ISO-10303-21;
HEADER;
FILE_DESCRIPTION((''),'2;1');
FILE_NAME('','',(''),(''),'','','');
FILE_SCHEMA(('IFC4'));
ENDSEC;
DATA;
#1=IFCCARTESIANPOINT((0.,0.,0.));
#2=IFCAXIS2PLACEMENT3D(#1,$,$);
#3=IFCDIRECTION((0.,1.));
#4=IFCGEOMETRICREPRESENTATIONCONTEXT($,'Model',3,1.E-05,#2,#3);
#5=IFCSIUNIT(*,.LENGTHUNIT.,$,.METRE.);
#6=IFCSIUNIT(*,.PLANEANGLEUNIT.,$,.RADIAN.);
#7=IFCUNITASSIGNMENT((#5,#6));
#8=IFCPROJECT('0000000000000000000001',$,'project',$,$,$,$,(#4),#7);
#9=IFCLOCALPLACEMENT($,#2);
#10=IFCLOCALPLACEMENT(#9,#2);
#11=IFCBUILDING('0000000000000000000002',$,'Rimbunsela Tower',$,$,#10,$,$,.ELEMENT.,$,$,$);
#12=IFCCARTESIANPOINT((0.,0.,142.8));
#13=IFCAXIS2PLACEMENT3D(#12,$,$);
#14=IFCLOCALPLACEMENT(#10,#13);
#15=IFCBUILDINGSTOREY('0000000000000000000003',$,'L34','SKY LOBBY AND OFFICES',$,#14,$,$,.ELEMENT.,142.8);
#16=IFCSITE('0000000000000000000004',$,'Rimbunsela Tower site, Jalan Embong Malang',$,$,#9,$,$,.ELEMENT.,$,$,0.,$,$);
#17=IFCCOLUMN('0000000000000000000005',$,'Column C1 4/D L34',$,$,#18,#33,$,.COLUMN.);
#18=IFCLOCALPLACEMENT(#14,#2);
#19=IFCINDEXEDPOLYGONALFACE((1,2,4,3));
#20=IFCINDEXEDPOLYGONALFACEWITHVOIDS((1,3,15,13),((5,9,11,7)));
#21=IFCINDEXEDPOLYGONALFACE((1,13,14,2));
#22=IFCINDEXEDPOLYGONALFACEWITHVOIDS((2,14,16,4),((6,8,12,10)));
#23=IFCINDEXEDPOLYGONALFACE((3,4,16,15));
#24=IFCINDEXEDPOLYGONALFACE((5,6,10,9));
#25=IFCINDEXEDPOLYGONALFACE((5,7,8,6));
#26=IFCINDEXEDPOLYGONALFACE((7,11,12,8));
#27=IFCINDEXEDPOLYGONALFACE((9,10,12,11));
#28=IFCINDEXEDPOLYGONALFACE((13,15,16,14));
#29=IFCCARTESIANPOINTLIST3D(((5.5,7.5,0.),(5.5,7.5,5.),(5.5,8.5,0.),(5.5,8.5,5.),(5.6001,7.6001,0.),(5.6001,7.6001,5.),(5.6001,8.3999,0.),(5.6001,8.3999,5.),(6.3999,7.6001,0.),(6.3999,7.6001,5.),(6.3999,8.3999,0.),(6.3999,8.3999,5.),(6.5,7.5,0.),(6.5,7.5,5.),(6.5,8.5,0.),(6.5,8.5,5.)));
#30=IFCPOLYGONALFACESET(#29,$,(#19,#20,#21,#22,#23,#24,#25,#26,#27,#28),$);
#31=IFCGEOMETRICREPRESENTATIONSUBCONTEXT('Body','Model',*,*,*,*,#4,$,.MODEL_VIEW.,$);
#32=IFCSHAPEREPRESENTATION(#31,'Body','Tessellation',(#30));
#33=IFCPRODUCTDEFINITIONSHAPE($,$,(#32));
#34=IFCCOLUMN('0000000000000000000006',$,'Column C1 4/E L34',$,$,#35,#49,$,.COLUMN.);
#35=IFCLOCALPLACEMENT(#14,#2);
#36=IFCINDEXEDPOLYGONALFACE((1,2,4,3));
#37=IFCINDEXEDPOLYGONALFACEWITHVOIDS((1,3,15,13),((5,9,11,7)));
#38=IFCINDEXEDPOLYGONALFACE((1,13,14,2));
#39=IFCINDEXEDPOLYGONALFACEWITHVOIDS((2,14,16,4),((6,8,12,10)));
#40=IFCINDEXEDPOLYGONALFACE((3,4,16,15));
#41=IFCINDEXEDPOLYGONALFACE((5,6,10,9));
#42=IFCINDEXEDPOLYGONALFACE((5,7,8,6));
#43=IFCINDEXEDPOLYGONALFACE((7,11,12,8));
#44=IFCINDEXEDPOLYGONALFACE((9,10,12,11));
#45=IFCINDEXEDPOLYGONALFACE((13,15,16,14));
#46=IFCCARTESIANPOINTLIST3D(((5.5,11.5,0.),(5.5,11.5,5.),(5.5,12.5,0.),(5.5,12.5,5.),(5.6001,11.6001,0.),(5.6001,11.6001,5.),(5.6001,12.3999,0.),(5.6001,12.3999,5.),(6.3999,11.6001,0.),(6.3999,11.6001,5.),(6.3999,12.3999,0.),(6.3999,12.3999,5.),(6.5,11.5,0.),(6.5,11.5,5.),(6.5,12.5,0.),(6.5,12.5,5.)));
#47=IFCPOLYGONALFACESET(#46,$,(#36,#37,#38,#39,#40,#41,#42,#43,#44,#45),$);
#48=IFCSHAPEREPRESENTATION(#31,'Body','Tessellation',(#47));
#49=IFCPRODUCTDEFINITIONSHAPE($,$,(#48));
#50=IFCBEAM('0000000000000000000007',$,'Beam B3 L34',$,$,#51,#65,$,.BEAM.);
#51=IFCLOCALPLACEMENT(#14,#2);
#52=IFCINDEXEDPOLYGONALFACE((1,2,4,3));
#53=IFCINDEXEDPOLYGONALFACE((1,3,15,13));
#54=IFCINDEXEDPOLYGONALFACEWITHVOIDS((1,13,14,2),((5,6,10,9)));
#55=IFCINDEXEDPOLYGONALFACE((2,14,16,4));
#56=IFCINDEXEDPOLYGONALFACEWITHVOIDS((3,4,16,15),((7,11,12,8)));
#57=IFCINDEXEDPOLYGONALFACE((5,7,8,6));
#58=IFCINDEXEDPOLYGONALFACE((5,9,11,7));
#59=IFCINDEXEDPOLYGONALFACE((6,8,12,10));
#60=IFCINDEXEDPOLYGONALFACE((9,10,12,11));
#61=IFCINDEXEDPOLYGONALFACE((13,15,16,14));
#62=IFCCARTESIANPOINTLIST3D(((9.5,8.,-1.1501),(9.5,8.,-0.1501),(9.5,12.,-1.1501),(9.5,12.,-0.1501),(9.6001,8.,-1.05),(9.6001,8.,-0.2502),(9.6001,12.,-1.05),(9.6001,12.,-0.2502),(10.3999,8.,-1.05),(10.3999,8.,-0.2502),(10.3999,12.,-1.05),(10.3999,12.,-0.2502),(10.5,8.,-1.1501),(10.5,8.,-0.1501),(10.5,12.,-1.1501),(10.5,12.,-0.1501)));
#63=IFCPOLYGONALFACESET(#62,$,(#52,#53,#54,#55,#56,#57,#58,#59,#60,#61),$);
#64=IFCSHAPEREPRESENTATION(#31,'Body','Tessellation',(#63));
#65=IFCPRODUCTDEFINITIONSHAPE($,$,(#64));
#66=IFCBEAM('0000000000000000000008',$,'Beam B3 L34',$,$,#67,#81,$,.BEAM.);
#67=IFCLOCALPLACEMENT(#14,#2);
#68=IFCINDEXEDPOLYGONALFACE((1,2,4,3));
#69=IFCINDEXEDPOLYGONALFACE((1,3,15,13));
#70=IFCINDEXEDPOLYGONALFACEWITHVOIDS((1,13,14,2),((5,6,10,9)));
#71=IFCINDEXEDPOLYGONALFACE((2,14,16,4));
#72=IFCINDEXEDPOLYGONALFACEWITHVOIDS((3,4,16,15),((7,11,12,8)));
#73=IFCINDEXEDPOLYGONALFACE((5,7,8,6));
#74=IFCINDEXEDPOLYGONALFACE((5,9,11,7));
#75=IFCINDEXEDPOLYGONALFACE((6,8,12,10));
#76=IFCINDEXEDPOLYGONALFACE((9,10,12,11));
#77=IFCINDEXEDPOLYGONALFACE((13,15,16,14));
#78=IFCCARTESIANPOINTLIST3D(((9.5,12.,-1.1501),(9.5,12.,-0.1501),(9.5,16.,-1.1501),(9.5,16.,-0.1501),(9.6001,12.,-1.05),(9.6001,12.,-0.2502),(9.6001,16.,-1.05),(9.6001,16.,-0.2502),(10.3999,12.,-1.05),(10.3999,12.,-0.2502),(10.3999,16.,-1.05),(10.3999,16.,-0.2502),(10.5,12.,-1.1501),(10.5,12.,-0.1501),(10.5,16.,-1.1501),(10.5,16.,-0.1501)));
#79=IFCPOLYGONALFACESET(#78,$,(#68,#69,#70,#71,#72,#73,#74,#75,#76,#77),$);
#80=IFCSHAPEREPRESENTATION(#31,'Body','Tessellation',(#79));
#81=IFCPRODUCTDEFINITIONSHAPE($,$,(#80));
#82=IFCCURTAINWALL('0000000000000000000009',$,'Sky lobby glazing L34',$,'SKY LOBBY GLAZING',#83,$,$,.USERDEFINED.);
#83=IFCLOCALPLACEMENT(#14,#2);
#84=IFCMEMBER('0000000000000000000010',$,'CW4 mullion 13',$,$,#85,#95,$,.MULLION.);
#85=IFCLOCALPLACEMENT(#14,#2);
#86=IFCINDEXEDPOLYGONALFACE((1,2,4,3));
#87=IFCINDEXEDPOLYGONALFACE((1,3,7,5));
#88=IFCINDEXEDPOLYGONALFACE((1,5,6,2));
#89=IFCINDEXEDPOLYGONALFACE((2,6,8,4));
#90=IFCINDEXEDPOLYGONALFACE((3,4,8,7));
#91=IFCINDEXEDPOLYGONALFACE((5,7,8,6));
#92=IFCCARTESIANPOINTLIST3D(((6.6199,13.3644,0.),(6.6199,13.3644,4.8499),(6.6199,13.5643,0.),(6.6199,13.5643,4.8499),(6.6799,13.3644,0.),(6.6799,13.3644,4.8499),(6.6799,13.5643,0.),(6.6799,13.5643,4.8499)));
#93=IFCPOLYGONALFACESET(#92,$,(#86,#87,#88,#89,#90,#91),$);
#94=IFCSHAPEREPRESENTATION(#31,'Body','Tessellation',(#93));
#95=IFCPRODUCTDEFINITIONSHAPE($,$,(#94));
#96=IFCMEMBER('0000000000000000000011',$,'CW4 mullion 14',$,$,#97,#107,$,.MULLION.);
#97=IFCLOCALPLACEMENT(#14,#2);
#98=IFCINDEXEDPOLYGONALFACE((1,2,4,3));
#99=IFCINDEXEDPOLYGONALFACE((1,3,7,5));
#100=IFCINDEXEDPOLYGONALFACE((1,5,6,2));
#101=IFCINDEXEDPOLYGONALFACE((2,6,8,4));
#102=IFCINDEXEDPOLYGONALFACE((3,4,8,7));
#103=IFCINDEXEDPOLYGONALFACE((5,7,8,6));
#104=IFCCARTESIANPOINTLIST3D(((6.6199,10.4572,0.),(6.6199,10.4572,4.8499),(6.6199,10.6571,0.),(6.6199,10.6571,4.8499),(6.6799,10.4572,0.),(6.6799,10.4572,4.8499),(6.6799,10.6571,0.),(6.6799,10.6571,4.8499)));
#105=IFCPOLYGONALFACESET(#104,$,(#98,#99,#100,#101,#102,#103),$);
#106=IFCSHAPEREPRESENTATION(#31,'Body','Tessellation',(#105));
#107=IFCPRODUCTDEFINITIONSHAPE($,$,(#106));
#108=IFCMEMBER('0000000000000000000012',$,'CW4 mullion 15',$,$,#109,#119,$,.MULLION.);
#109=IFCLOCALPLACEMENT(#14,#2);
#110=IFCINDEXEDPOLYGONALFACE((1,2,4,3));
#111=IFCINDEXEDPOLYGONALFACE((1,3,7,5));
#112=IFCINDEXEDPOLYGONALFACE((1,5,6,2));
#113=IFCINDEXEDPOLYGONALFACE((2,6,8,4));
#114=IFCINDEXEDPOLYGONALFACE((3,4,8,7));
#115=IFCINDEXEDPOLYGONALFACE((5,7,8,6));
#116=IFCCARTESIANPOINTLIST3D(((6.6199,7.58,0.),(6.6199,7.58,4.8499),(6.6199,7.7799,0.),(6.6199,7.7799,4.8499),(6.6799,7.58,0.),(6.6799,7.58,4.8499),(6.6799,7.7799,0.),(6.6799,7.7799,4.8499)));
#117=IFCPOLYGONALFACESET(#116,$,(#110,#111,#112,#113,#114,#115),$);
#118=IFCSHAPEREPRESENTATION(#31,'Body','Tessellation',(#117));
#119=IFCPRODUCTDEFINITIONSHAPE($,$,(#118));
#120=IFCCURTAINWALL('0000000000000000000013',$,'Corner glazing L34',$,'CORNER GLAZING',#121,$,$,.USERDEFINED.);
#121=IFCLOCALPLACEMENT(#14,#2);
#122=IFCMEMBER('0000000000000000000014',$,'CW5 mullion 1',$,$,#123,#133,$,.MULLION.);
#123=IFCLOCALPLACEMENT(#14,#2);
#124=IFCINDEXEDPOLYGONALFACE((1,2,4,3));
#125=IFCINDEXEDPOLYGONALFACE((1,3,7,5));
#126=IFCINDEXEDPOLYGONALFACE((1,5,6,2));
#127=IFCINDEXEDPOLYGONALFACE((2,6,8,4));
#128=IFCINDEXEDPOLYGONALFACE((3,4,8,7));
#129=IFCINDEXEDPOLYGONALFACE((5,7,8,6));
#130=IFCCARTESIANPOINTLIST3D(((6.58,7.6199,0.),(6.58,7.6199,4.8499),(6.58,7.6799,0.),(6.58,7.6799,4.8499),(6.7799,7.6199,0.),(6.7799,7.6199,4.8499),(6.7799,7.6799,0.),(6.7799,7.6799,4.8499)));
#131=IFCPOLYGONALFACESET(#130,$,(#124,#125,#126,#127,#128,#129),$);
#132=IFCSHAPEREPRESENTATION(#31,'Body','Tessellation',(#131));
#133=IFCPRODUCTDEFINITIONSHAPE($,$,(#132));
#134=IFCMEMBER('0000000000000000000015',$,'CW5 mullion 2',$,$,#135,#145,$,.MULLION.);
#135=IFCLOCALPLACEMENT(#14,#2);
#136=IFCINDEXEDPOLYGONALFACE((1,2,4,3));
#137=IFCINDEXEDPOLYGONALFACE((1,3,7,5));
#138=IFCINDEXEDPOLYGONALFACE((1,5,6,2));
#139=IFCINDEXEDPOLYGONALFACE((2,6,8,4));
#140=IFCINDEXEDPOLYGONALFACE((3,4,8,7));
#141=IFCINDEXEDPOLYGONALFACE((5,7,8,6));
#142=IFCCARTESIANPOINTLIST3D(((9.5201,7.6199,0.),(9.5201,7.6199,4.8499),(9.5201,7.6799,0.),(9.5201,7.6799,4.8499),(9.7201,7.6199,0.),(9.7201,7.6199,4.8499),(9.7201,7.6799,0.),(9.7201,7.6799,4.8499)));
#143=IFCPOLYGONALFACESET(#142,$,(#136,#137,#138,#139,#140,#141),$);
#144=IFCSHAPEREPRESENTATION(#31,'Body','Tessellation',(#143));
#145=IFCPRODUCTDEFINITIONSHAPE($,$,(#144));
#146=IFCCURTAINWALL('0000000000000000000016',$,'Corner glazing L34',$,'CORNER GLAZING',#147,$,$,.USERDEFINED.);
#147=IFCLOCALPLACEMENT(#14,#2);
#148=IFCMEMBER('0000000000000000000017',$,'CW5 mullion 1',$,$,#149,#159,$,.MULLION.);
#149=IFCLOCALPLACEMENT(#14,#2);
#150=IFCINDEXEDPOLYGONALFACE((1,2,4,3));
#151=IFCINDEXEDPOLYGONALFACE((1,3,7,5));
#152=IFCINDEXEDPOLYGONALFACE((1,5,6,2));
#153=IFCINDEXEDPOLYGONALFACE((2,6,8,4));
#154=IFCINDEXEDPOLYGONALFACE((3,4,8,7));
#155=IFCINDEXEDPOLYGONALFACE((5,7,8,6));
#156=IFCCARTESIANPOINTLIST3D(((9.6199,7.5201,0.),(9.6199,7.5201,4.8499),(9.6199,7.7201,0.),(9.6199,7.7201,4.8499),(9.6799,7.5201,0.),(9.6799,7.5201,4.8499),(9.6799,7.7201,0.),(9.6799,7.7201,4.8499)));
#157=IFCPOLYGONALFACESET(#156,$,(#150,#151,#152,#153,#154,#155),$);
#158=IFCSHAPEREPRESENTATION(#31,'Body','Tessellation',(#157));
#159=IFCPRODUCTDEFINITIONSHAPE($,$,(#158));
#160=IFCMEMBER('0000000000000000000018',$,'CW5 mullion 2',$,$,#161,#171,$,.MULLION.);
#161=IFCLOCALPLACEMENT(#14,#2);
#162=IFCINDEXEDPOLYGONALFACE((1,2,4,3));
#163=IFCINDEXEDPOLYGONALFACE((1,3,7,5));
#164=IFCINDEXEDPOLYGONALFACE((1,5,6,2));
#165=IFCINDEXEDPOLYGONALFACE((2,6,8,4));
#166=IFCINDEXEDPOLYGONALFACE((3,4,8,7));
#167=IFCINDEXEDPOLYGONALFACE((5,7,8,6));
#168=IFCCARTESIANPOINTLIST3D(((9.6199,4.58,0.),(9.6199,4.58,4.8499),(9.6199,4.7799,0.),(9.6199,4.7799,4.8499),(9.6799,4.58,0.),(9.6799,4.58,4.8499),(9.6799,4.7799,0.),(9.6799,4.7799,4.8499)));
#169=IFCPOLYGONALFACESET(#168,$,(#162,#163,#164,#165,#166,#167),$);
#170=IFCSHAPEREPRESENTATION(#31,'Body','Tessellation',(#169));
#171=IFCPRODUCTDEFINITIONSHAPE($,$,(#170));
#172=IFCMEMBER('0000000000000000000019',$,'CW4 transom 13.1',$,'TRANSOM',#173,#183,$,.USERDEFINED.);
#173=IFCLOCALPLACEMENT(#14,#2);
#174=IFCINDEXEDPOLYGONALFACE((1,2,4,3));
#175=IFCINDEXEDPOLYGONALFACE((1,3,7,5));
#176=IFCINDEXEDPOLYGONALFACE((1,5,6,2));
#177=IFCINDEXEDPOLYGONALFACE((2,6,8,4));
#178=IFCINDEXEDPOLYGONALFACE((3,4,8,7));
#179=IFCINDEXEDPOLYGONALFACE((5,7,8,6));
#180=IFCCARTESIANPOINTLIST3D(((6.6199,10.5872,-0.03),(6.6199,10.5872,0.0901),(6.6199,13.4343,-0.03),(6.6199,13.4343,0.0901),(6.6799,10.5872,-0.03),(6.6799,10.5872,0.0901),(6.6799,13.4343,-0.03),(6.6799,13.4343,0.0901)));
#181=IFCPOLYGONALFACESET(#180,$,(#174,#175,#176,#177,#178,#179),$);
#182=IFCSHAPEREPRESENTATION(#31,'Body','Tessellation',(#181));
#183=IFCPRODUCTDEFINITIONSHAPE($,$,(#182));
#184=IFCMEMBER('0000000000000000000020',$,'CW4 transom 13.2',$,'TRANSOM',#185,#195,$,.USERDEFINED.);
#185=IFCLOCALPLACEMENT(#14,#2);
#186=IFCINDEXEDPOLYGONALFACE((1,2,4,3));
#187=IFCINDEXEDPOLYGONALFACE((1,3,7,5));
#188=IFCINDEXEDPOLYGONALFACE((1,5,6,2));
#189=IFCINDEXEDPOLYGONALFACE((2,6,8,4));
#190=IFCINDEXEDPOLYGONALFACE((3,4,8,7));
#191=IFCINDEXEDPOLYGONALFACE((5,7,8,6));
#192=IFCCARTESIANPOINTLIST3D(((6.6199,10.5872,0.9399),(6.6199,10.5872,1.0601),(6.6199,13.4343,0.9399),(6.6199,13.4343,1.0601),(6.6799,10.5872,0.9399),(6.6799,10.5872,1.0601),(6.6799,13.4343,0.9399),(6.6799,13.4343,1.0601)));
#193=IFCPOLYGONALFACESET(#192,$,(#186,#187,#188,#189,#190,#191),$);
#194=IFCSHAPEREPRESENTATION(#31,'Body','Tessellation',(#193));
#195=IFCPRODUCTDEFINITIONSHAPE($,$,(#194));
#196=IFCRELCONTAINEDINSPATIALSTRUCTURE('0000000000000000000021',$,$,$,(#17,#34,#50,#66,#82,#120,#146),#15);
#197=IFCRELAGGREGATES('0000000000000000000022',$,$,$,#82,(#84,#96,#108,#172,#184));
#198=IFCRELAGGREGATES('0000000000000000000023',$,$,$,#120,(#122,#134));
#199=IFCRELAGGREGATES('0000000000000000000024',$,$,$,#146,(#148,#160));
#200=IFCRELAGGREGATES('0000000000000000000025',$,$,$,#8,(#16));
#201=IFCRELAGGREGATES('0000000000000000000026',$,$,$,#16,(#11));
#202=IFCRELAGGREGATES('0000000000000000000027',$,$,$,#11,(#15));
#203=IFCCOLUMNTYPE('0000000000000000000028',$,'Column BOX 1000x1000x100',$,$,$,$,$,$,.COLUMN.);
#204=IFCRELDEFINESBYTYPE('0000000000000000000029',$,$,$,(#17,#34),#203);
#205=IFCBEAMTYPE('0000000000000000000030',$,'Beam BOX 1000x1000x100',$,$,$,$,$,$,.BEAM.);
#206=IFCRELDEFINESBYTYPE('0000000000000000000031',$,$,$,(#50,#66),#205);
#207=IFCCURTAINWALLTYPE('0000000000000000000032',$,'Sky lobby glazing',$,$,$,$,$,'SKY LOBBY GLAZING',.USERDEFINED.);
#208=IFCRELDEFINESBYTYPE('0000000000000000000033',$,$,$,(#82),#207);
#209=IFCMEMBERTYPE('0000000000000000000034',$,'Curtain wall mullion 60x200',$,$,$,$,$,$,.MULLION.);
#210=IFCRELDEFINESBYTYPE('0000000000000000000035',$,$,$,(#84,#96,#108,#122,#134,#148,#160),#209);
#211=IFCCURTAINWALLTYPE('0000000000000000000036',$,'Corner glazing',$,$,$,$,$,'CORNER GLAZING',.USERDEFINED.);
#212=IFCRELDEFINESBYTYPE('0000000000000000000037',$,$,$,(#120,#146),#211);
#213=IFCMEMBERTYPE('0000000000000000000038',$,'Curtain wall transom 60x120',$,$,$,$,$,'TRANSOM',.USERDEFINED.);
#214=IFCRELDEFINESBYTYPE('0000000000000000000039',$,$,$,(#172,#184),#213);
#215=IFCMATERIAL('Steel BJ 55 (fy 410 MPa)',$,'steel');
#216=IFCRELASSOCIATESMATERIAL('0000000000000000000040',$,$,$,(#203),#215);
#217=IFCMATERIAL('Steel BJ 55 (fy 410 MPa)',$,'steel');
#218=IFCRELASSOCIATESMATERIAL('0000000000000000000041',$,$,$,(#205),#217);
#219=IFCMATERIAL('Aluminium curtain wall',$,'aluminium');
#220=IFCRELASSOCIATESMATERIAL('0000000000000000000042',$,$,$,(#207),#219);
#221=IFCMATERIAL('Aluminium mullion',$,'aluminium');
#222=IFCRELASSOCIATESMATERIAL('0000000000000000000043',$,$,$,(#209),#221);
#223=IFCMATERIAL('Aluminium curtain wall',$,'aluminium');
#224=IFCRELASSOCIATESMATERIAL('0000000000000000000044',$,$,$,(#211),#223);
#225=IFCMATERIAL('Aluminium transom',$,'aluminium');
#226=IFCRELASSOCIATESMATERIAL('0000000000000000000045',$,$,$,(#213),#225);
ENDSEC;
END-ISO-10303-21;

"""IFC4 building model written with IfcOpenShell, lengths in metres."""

from ifc_helpers import new_model, si_unit, direction, frame, origin, origin_2d, place, context, subcontext, project, spatial, rectangle, hollow_rectangle, extrude, material, material_profile, profile_set, type_object, element, aggregate, save


model = new_model("IFC4")

# Units and contexts
model_context = context("Model", 3, precision=1e-05, world=origin(), true_north=direction((0.0, 1.0)))
body_context = subcontext(model_context, "Body", "Model", "MODEL_VIEW")
ifc_project = project(units=[si_unit("LENGTHUNIT", "METRE"), si_unit("PLANEANGLEUNIT", "RADIAN")], contexts=[model_context])

# Site, building, storey
site_placement = place(None, origin())
site = spatial("IfcSite", under=ifc_project, at=site_placement, Name="Rimbunsela Tower site, Jalan Embong Malang", CompositionType="ELEMENT", RefElevation=0.0)
building_placement = place(site_placement, origin())
building = spatial("IfcBuilding", under=site, at=building_placement, Name="Rimbunsela Tower", CompositionType="ELEMENT")
storey_placement = place(building_placement, frame((0.0, 0.0, 142.8)))
storey = spatial("IfcBuildingStorey", under=building, at=storey_placement, Name="L34", Description="SKY LOBBY AND OFFICES", CompositionType="ELEMENT", Elevation=142.8)

# Columns
ifc_material_1 = material(Name="Steel BJ 55 (fy 410 MPa)", Category="steel")
ifc_material_profile_1 = material_profile(ifc_material_1, hollow_rectangle(XDim=1.0, YDim=1.0, WallThickness=0.1001, at=origin_2d()), Name="BOX 1000x1000x100")
ifc_profile_set_1 = profile_set([ifc_material_profile_1], Name="Steel BJ 55 (fy 410 MPa)")
column_type = type_object("IfcColumnType", Name="Column BOX 1000x1000x100", PredefinedType="COLUMN", material=ifc_profile_set_1)
for number, where, z_axis, x_axis, name in (
    (1, (6.0, 8.0, 0.0), (0.0, 0.0, 1.0), (1.0, 0.0, 0.0), "Column C1 4/D L34"),
    (2, (6.0, 12.0, 0.0), (0.0, 0.0, 1.0), (1.0, 0.0, 0.0), "Column C1 4/E L34"),
):
    element("IfcColumn", number, at=place(storey_placement, frame(where, z_axis=z_axis, x_axis=x_axis)), inside=storey, type_object=column_type, Name=name, PredefinedType="COLUMN", context=body_context, shape_type="SweptSolid", body=[
        extrude(hollow_rectangle(XDim=1.0, YDim=1.0, WallThickness=0.1001, at=origin_2d()), origin(), (0.0, 0.0, 1.0), 5.0),
    ])

# Beams
ifc_material_2 = material(Name="Steel BJ 55 (fy 410 MPa)", Category="steel")
ifc_material_profile_2 = material_profile(ifc_material_2, hollow_rectangle(XDim=1.0, YDim=1.0, WallThickness=0.1001, at=origin_2d()), Name="BOX 1000x1000x100")
ifc_profile_set_2 = profile_set([ifc_material_profile_2], Name="Steel BJ 55 (fy 410 MPa)")
beam_type = type_object("IfcBeamType", Name="Beam BOX 1000x1000x100", PredefinedType="BEAM", material=ifc_profile_set_2)
for number, where, z_axis, x_axis, name in (
    (3, (10.0, 8.0, -0.6501), (0.0, 1.0, 0.0), (-1.0, 0.0, 0.0), "Beam B3 L34"),
    (4, (10.0, 12.0, -0.6501), (0.0, 1.0, 0.0), (-1.0, 0.0, 0.0), "Beam B3 L34"),
):
    element("IfcBeam", number, at=place(storey_placement, frame(where, z_axis=z_axis, x_axis=x_axis)), inside=storey, type_object=beam_type, Name=name, PredefinedType="BEAM", context=body_context, shape_type="SweptSolid", body=[
        extrude(hollow_rectangle(XDim=1.0, YDim=1.0, WallThickness=0.1001, at=origin_2d()), origin(), (0.0, 0.0, 1.0), 4.0),
    ])

# Curtain walls, members
ifc_material_3 = material(Name="Aluminium curtain wall", Category="aluminium")
curtain_wall_type_1 = type_object("IfcCurtainWallType", Name="Sky lobby glazing", ElementType="SKY LOBBY GLAZING", PredefinedType="USERDEFINED", material=ifc_material_3)
curtain_wall_1_placement = place(storey_placement, origin())
curtain_wall_1 = element("IfcCurtainWall", 5, at=curtain_wall_1_placement, inside=storey, type_object=curtain_wall_type_1, Name="Sky lobby glazing L34", ObjectType="SKY LOBBY GLAZING", PredefinedType="USERDEFINED")
ifc_material_4 = material(Name="Aluminium mullion", Category="aluminium")
ifc_material_profile_3 = material_profile(ifc_material_4, rectangle(XDim=0.0601, YDim=0.2, at=origin_2d()), Name="Mullion 60x200")
ifc_profile_set_3 = profile_set([ifc_material_profile_3], Name="Aluminium mullion")
member_type_1 = type_object("IfcMemberType", Name="Curtain wall mullion 60x200", PredefinedType="MULLION", material=ifc_profile_set_3)
member_1_placement = place(storey_placement, frame((6.6499, 13.4644, 0.0), z_axis=(0.0, 0.0, 1.0), x_axis=(1.0, 0.0, 0.0)))
member_1 = element("IfcMember", 6, at=member_1_placement, type_object=member_type_1, Name="CW4 mullion 13", PredefinedType="MULLION", context=body_context, shape_type="SweptSolid", body=[
    extrude(rectangle(XDim=0.0601, YDim=0.2, at=origin_2d()), origin(), (0.0, 0.0, 1.0), 4.8499),
])
member_2_placement = place(storey_placement, frame((6.6499, 10.5571, 0.0), z_axis=(0.0, 0.0, 1.0), x_axis=(1.0, 0.0, 0.0)))
member_2 = element("IfcMember", 7, at=member_2_placement, type_object=member_type_1, Name="CW4 mullion 14", PredefinedType="MULLION", context=body_context, shape_type="SweptSolid", body=[
    extrude(rectangle(XDim=0.0601, YDim=0.2, at=origin_2d()), origin(), (0.0, 0.0, 1.0), 4.8499),
])
member_3_placement = place(storey_placement, frame((6.6499, 7.6799, 0.0), z_axis=(0.0, 0.0, 1.0), x_axis=(1.0, 0.0, 0.0)))
member_3 = element("IfcMember", 8, at=member_3_placement, type_object=member_type_1, Name="CW4 mullion 15", PredefinedType="MULLION", context=body_context, shape_type="SweptSolid", body=[
    extrude(rectangle(XDim=0.0601, YDim=0.2, at=origin_2d()), origin(), (0.0, 0.0, 1.0), 4.8499),
])
ifc_material_5 = material(Name="Aluminium curtain wall", Category="aluminium")
curtain_wall_type_2 = type_object("IfcCurtainWallType", Name="Corner glazing", ElementType="CORNER GLAZING", PredefinedType="USERDEFINED", material=ifc_material_5)
curtain_wall_2_placement = place(storey_placement, origin())
curtain_wall_2 = element("IfcCurtainWall", 9, at=curtain_wall_2_placement, inside=storey, type_object=curtain_wall_type_2, Name="Corner glazing L34", ObjectType="CORNER GLAZING", PredefinedType="USERDEFINED")
member_4_placement = place(storey_placement, frame((6.6799, 7.6499, 0.0), z_axis=(0.0, 0.0, 1.0), x_axis=(0.0, 1.0, 0.0)))
member_4 = element("IfcMember", 10, at=member_4_placement, type_object=member_type_1, Name="CW5 mullion 1", PredefinedType="MULLION", context=body_context, shape_type="SweptSolid", body=[
    extrude(rectangle(XDim=0.0601, YDim=0.2, at=origin_2d()), origin(), (0.0, 0.0, 1.0), 4.8499),
])
member_5_placement = place(storey_placement, frame((9.6201, 7.6499, 0.0), z_axis=(0.0, 0.0, 1.0), x_axis=(0.0, 1.0, 0.0)))
member_5 = element("IfcMember", 11, at=member_5_placement, type_object=member_type_1, Name="CW5 mullion 2", PredefinedType="MULLION", context=body_context, shape_type="SweptSolid", body=[
    extrude(rectangle(XDim=0.0601, YDim=0.2, at=origin_2d()), origin(), (0.0, 0.0, 1.0), 4.8499),
])
curtain_wall_3_placement = place(storey_placement, origin())
curtain_wall_3 = element("IfcCurtainWall", 12, at=curtain_wall_3_placement, inside=storey, type_object=curtain_wall_type_2, Name="Corner glazing L34", ObjectType="CORNER GLAZING", PredefinedType="USERDEFINED")
member_6_placement = place(storey_placement, frame((9.6499, 7.6201, 0.0), z_axis=(0.0, 0.0, 1.0), x_axis=(1.0, 0.0, 0.0)))
member_6 = element("IfcMember", 13, at=member_6_placement, type_object=member_type_1, Name="CW5 mullion 1", PredefinedType="MULLION", context=body_context, shape_type="SweptSolid", body=[
    extrude(rectangle(XDim=0.0601, YDim=0.2, at=origin_2d()), origin(), (0.0, 0.0, 1.0), 4.8499),
])
member_7_placement = place(storey_placement, frame((9.6499, 4.6799, 0.0), z_axis=(0.0, 0.0, 1.0), x_axis=(1.0, 0.0, 0.0)))
member_7 = element("IfcMember", 14, at=member_7_placement, type_object=member_type_1, Name="CW5 mullion 2", PredefinedType="MULLION", context=body_context, shape_type="SweptSolid", body=[
    extrude(rectangle(XDim=0.0601, YDim=0.2, at=origin_2d()), origin(), (0.0, 0.0, 1.0), 4.8499),
])

# Members
ifc_material_6 = material(Name="Aluminium transom", Category="aluminium")
ifc_material_profile_4 = material_profile(ifc_material_6, rectangle(XDim=0.0601, YDim=0.1201, at=origin_2d()), Name="Transom 60x120")
ifc_profile_set_4 = profile_set([ifc_material_profile_4], Name="Aluminium transom")
member_type_2 = type_object("IfcMemberType", Name="Curtain wall transom 60x120", ElementType="TRANSOM", PredefinedType="USERDEFINED", material=ifc_profile_set_4)
member_8_placement = place(storey_placement, frame((6.6499, 13.4343, 0.03), z_axis=(0.0, -1.0, 0.0), x_axis=(1.0, 0.0, 0.0)))
member_8 = element("IfcMember", 15, at=member_8_placement, type_object=member_type_2, Name="CW4 transom 13.1", ObjectType="TRANSOM", PredefinedType="USERDEFINED", context=body_context, shape_type="SweptSolid", body=[
    extrude(rectangle(XDim=0.0601, YDim=0.1201, at=origin_2d()), origin(), (0.0, 0.0, 1.0), 2.8472),
])
member_9_placement = place(storey_placement, frame((6.6499, 13.4343, 1.0), z_axis=(0.0, -1.0, 0.0), x_axis=(1.0, 0.0, 0.0)))
member_9 = element("IfcMember", 16, at=member_9_placement, type_object=member_type_2, Name="CW4 transom 13.2", ObjectType="TRANSOM", PredefinedType="USERDEFINED", context=body_context, shape_type="SweptSolid", body=[
    extrude(rectangle(XDim=0.0601, YDim=0.1201, at=origin_2d()), origin(), (0.0, 0.0, 1.0), 2.8472),
])

aggregate(curtain_wall_1, [member_1, member_2, member_3, member_8, member_9])
aggregate(curtain_wall_2, [member_4, member_5])
aggregate(curtain_wall_3, [member_6, member_7])

save(model, "model.ifc")
